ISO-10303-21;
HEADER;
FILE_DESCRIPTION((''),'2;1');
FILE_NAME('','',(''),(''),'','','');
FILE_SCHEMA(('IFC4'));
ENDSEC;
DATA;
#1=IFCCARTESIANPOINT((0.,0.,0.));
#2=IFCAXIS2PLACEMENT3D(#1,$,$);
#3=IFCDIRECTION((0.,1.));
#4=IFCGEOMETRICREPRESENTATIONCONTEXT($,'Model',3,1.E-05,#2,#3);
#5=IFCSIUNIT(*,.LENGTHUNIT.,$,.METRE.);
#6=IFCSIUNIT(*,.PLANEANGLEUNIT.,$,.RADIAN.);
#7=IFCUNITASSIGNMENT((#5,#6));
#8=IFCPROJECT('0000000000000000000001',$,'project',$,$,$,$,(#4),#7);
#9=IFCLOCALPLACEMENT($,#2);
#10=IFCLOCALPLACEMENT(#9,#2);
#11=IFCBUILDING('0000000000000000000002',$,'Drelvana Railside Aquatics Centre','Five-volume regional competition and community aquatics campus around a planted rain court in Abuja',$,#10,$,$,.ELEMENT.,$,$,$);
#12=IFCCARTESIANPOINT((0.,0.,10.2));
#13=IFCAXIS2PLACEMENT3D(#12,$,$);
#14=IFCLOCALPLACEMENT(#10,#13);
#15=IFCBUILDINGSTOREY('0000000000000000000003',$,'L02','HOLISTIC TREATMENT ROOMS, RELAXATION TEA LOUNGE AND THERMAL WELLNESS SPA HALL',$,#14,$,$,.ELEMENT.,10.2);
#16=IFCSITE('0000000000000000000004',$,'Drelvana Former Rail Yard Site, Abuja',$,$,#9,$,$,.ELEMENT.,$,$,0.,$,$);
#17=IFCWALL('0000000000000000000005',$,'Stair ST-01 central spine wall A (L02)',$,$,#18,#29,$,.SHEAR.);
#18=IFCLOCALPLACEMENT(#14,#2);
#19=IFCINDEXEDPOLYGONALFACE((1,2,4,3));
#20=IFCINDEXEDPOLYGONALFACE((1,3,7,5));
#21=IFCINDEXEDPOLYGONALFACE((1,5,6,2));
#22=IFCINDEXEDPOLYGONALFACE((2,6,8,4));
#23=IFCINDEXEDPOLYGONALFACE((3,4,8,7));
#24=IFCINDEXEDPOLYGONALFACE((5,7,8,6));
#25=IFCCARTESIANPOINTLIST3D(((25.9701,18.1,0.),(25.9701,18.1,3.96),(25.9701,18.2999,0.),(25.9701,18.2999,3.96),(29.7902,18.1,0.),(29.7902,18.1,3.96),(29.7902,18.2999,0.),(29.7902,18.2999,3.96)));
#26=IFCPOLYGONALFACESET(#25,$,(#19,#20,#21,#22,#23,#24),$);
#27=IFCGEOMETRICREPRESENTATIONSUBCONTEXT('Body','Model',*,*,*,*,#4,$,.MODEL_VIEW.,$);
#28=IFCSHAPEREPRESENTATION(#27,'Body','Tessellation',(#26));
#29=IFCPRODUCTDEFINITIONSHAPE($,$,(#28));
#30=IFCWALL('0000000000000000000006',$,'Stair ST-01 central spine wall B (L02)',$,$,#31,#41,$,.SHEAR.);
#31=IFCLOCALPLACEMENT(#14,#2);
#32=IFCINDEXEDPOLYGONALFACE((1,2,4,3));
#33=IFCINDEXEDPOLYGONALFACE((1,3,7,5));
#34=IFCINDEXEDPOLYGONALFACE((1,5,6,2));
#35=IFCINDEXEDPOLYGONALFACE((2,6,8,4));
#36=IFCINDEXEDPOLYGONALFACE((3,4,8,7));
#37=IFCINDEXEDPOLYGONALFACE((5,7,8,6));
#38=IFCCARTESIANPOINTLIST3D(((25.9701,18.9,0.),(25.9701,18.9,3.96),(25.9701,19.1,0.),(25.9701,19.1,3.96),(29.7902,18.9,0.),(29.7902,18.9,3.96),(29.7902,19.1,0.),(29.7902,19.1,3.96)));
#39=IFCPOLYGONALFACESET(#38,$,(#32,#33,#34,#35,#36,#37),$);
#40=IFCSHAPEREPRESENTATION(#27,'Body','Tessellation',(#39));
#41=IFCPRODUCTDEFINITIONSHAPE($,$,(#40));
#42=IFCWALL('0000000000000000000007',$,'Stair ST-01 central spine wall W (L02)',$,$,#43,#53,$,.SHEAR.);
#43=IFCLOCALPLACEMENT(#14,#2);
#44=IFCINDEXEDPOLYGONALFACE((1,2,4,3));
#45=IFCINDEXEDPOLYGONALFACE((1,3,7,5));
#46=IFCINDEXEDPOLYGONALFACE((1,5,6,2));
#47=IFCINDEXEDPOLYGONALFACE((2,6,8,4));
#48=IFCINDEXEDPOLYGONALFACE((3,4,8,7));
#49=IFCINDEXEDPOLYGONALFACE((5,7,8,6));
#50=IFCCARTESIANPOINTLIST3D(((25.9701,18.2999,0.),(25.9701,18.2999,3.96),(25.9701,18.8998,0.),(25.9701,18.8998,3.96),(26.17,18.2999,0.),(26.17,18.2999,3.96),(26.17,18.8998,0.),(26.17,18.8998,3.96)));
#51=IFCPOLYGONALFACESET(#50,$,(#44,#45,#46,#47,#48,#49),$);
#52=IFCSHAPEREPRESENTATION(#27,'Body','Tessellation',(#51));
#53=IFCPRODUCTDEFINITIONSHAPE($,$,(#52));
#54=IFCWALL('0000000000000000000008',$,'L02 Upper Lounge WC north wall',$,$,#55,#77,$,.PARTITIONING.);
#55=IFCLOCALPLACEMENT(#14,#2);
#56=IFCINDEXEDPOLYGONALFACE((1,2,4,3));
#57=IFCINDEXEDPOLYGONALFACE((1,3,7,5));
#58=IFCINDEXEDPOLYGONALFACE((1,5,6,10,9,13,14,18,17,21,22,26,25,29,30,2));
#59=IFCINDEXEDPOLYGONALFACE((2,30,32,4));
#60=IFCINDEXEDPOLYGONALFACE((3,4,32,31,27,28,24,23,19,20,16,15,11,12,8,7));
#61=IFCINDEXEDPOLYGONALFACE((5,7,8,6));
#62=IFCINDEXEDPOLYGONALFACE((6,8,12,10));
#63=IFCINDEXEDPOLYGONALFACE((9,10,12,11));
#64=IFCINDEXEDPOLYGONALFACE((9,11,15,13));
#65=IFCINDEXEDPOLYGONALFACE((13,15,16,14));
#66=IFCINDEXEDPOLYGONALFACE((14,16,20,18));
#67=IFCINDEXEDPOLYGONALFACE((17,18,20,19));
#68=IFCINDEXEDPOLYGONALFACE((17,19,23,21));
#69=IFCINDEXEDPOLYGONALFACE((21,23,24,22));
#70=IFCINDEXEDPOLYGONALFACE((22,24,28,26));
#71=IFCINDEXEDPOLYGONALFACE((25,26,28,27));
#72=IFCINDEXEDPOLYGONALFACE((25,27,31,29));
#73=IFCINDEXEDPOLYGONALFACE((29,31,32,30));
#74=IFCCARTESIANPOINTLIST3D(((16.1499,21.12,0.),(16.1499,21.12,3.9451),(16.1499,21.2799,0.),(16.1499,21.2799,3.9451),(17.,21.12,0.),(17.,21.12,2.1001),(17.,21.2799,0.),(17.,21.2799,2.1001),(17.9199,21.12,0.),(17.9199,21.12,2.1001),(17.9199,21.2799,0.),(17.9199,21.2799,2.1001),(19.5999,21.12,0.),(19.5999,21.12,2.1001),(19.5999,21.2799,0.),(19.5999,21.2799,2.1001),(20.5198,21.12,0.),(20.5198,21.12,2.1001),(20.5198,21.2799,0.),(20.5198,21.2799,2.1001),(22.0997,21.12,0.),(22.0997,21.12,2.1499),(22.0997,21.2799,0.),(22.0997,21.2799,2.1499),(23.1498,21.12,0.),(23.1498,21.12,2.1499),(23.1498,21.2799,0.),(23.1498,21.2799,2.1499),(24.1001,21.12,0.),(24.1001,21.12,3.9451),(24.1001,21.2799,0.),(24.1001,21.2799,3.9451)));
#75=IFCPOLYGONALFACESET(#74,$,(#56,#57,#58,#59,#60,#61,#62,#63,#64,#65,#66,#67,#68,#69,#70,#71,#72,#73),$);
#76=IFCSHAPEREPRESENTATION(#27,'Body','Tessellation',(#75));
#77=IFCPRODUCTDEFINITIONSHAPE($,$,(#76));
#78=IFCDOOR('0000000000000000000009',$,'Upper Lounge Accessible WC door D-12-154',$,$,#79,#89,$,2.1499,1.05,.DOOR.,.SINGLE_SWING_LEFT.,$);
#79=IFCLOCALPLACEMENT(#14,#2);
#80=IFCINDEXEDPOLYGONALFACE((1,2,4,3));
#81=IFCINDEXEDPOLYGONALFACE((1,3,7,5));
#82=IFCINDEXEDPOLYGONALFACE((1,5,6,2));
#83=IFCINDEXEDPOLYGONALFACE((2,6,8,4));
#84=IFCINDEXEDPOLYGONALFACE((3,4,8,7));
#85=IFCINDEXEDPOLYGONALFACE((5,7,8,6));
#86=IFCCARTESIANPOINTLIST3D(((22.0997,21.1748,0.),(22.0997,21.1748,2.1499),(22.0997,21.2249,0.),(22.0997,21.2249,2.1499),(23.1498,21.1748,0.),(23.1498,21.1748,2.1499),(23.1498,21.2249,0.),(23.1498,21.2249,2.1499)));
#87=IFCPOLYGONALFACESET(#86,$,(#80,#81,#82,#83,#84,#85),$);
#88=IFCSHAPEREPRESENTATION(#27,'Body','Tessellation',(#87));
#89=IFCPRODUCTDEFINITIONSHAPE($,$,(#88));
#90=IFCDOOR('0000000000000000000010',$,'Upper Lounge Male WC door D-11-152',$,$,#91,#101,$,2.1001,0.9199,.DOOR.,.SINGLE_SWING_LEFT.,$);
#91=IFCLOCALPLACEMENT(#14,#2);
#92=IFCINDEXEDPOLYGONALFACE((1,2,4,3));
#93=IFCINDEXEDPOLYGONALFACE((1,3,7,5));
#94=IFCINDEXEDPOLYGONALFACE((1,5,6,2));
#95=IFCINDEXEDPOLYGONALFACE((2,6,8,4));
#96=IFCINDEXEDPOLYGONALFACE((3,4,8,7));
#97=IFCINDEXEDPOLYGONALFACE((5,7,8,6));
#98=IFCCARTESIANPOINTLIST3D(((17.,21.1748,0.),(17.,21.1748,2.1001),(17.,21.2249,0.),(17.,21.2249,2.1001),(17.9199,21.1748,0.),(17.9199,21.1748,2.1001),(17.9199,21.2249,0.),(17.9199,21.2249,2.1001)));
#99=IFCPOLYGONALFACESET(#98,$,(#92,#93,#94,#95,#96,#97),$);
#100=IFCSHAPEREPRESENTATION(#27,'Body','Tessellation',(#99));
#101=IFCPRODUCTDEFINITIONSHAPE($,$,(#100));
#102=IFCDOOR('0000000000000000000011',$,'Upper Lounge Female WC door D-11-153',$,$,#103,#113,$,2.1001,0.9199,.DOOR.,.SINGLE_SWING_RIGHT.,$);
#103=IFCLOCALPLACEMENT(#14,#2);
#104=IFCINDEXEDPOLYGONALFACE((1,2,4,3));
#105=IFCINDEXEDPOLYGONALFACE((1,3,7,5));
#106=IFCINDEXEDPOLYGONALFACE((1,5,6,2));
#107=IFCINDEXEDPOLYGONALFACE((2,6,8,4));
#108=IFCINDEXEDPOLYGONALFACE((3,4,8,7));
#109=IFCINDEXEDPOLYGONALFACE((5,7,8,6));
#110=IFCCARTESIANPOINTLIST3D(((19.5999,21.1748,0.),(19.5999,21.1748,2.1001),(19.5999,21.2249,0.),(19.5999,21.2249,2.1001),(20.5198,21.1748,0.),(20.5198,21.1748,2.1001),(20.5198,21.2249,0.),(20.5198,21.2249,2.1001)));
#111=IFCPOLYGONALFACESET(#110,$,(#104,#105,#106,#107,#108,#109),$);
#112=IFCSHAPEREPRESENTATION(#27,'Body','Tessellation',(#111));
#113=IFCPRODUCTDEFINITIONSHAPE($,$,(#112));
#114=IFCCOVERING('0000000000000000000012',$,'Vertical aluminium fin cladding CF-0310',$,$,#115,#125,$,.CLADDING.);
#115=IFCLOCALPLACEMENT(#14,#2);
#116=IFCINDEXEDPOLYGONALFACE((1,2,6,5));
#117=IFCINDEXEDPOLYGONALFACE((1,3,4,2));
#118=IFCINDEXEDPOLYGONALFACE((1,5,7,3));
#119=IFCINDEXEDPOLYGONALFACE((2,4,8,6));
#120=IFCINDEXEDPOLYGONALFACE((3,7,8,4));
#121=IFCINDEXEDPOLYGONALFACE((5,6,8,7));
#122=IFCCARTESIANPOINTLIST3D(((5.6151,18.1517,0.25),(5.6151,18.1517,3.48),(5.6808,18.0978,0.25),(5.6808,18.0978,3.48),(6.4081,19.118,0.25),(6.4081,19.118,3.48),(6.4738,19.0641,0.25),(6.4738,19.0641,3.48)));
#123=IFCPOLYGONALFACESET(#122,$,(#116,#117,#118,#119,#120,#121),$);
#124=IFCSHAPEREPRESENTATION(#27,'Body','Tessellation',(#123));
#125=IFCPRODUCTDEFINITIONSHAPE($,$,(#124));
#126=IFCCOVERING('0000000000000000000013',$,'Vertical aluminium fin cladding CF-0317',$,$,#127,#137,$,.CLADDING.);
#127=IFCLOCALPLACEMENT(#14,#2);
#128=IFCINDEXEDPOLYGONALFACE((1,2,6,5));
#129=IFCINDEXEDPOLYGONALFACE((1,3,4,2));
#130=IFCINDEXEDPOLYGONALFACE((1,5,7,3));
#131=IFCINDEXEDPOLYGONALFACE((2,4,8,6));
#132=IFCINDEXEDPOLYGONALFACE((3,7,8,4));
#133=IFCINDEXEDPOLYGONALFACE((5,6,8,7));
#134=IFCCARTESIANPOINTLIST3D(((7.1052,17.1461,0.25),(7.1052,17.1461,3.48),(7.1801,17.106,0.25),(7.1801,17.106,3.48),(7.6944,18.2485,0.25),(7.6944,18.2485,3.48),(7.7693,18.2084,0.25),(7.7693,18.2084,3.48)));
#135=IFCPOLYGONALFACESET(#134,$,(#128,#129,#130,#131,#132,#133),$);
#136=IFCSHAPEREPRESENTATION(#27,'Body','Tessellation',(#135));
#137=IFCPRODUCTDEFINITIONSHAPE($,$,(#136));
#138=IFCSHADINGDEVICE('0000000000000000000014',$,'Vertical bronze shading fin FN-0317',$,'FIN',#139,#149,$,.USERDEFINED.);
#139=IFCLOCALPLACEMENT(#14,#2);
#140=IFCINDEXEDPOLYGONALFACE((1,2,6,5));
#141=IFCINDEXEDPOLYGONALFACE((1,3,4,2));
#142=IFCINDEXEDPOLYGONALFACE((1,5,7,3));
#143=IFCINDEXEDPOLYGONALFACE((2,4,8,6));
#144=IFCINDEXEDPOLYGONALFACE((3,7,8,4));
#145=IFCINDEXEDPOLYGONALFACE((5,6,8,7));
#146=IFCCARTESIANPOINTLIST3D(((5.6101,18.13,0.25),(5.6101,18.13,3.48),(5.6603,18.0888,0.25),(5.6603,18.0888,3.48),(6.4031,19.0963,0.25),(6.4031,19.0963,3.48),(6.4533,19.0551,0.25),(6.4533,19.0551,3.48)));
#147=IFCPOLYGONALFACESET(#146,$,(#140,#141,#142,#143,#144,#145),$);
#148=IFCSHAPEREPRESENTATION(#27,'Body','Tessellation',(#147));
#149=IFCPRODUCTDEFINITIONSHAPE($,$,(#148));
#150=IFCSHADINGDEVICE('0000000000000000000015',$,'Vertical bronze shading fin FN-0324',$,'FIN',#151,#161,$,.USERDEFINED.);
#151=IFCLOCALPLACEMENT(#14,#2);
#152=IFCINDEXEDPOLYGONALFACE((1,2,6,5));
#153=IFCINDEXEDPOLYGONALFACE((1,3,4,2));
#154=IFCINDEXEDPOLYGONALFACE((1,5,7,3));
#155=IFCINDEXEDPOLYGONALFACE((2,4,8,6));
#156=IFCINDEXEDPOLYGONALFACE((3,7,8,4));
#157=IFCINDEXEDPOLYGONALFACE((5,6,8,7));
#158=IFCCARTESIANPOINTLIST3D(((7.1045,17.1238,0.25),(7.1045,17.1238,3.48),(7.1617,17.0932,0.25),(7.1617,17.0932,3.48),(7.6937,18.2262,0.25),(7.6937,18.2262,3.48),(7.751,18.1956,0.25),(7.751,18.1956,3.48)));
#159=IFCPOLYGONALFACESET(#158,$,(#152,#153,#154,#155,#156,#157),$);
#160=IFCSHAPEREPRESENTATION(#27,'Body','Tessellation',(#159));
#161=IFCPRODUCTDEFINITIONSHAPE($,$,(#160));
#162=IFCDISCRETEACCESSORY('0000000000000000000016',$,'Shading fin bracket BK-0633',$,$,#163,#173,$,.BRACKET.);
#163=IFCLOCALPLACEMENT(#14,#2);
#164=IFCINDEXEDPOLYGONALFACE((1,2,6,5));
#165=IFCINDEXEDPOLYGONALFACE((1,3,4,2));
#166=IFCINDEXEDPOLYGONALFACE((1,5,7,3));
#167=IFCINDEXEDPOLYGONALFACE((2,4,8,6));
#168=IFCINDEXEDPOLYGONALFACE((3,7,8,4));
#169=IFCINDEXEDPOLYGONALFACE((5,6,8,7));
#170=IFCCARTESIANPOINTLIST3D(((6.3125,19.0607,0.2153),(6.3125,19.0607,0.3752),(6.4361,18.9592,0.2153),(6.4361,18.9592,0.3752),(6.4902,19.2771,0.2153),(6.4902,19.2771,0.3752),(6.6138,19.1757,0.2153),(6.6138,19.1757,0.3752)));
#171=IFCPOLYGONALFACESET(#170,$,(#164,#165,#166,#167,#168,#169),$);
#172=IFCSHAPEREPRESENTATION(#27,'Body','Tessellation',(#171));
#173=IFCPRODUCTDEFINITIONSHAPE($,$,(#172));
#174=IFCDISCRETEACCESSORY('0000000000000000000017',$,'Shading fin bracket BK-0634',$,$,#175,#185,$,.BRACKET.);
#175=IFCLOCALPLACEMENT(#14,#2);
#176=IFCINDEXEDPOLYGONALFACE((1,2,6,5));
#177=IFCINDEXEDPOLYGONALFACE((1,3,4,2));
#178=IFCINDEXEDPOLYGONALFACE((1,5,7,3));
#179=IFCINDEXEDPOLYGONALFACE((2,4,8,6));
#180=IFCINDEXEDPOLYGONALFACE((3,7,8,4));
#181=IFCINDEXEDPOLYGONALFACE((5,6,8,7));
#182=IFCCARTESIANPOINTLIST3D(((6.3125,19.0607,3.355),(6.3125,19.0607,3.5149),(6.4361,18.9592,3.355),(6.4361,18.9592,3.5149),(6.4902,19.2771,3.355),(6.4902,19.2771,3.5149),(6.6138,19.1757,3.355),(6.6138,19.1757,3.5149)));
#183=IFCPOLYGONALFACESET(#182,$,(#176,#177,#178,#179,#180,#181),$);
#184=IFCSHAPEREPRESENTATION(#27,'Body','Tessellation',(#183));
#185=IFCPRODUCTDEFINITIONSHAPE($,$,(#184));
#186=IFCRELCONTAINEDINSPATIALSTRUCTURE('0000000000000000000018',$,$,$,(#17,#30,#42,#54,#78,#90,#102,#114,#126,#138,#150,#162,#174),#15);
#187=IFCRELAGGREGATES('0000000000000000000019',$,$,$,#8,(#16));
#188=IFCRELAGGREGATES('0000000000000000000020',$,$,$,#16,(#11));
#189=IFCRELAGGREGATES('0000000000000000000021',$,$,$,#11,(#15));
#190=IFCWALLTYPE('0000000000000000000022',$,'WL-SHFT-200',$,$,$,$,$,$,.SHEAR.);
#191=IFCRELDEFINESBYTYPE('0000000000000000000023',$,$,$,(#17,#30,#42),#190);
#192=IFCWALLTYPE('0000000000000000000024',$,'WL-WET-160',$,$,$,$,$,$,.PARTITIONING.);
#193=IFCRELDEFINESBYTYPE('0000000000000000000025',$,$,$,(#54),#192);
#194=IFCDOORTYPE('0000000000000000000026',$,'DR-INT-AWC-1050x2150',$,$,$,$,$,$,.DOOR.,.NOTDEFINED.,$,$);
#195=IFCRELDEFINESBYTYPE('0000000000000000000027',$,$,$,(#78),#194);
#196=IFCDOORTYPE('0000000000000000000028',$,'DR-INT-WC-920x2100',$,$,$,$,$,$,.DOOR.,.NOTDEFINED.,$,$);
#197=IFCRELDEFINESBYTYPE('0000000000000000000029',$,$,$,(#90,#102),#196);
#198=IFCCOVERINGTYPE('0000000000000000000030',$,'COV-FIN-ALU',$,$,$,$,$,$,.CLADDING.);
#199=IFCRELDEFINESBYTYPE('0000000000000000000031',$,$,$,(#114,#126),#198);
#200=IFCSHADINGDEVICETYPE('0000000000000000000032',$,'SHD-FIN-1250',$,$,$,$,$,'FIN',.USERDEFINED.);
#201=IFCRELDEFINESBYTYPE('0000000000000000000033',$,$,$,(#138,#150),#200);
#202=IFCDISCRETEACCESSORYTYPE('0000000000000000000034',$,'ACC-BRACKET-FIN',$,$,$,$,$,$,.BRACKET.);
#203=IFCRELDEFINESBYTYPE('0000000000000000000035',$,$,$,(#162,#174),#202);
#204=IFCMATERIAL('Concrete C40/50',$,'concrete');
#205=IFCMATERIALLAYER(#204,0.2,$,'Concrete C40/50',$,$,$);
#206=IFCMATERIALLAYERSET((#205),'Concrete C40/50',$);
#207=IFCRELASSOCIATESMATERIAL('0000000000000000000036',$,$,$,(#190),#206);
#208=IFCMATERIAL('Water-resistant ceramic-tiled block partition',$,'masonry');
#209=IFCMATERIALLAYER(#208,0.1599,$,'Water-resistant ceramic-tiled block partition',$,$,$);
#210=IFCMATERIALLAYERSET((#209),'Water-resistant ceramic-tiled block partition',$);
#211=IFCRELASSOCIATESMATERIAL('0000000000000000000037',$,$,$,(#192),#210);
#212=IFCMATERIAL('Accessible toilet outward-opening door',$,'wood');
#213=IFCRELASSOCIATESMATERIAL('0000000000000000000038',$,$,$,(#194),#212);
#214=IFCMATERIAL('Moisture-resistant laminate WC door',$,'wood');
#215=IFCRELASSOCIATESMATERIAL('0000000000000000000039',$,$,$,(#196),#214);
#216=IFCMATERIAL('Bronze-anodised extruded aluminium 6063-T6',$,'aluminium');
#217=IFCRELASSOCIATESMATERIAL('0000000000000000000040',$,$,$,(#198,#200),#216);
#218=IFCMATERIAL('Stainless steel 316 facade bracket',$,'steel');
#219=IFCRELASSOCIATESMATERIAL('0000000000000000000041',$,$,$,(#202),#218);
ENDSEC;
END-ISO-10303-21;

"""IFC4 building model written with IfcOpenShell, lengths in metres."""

from ifc_helpers import new_model, si_unit, direction, frame, frame_2d, origin, origin_2d, place, context, subcontext, project, spatial, rectangle, extrude, material, layer, layer_set, type_object, element, fill, save


model = new_model("IFC4")

# Units and contexts
model_context = context("Model", 3, precision=1e-05, world=origin(), true_north=direction((0.0, 1.0)))
body_context = subcontext(model_context, "Body", "Model", "MODEL_VIEW")
ifc_project = project(units=[si_unit("LENGTHUNIT", "METRE"), si_unit("PLANEANGLEUNIT", "RADIAN")], contexts=[model_context])

# Site, building, storey
site_placement = place(None, origin())
site = spatial("IfcSite", under=ifc_project, at=site_placement, Name="Drelvana Former Rail Yard Site, Abuja", CompositionType="ELEMENT", RefElevation=0.0)
building_placement = place(site_placement, origin())
building = spatial("IfcBuilding", under=site, at=building_placement, Name="Drelvana Railside Aquatics Centre", Description="Five-volume regional competition and community aquatics campus around a planted rain court in Abuja", CompositionType="ELEMENT")
storey_placement = place(building_placement, frame((0.0, 0.0, 10.2)))
storey = spatial("IfcBuildingStorey", under=building, at=storey_placement, Name="L02", Description="HOLISTIC TREATMENT ROOMS, RELAXATION TEA LOUNGE AND THERMAL WELLNESS SPA HALL", CompositionType="ELEMENT", Elevation=10.2)

# Shared definitions
ifc_material_1 = material(Name="Concrete C40/50", Category="concrete")

# Walls
ifc_layer_1 = layer(ifc_material_1, 0.2, Name="Concrete C40/50")
ifc_layer_set_1 = layer_set([ifc_layer_1], Name="Concrete C40/50")
wall_type_1 = type_object("IfcWallType", Name="WL-SHFT-200", PredefinedType="SHEAR", material=ifc_layer_set_1)
for number, where, z_axis, x_axis, name in (
    (1, (25.97, 18.2, 0.0), (0.0, 0.0, 1.0), (1.0, 0.0, 0.0), "Stair ST-01 central spine wall A (L02)"),
    (2, (25.97, 19.0, 0.0), (0.0, 0.0, 1.0), (1.0, 0.0, 0.0), "Stair ST-01 central spine wall B (L02)"),
):
    element("IfcWall", number, at=place(storey_placement, frame(where, z_axis=z_axis, x_axis=x_axis)), inside=storey, type_object=wall_type_1, Name=name, PredefinedType="SHEAR", context=body_context, shape_type="SweptSolid", body=[
        extrude(rectangle(XDim=3.8201, YDim=0.2, at=frame_2d((1.9102, 0.0))), origin(), (0.0, 0.0, 1.0), 3.96),
    ])
wall_1_placement = place(storey_placement, frame((26.0701, 18.3, 0.0), z_axis=(0.0, 0.0, 1.0), x_axis=(0.0, 1.0, 0.0)))
element("IfcWall", 3, at=wall_1_placement, inside=storey, type_object=wall_type_1, Name="Stair ST-01 central spine wall W (L02)", PredefinedType="SHEAR", context=body_context, shape_type="SweptSolid", body=[
    extrude(rectangle(XDim=0.5999, YDim=0.2, at=frame_2d((0.2998, 0.0))), origin(), (0.0, 0.0, 1.0), 3.96),
])

# Wall, openings, doors
ifc_material_2 = material(Name="Water-resistant ceramic-tiled block partition", Category="masonry")
ifc_layer_2 = layer(ifc_material_2, 0.1599, Name="Water-resistant ceramic-tiled block partition")
ifc_layer_set_2 = layer_set([ifc_layer_2], Name="Water-resistant ceramic-tiled block partition")
wall_type_2 = type_object("IfcWallType", Name="WL-WET-160", PredefinedType="PARTITIONING", material=ifc_layer_set_2)
wall_2_placement = place(storey_placement, frame((16.1499, 21.2, 0.0), z_axis=(0.0, 0.0, 1.0), x_axis=(1.0, 0.0, 0.0)))
wall_2 = element("IfcWall", 4, at=wall_2_placement, inside=storey, type_object=wall_type_2, Name="L02 Upper Lounge WC north wall", PredefinedType="PARTITIONING", context=body_context, shape_type="SweptSolid", body=[
    extrude(rectangle(XDim=7.9502, YDim=0.1599, at=frame_2d((3.9751, 0.0))), origin(), (0.0, 0.0, 1.0), 3.9451),
])
opening_1_placement = place(wall_2_placement, frame((0.8501, 0.0, 0.0)))
opening_1 = element("IfcOpeningElement", 5, at=opening_1_placement, cuts=wall_2, PredefinedType="OPENING", context=body_context, shape_type="SweptSolid", body=[
    extrude(rectangle(XDim=0.9199, YDim=2.1001, at=frame_2d((0.46, 1.05))), frame((0.0, 0.0898, 0.0), z_axis=(0.0, -1.0, 0.0), x_axis=(1.0, 0.0, 0.0)), (0.0, 0.0, 1.0), 0.1799),
])
opening_2_placement = place(wall_2_placement, frame((3.45, 0.0, 0.0)))
opening_2 = element("IfcOpeningElement", 6, at=opening_2_placement, cuts=wall_2, PredefinedType="OPENING", context=body_context, shape_type="SweptSolid", body=[
    extrude(rectangle(XDim=0.9199, YDim=2.1001, at=frame_2d((0.46, 1.05))), frame((0.0, 0.0898, 0.0), z_axis=(0.0, -1.0, 0.0), x_axis=(1.0, 0.0, 0.0)), (0.0, 0.0, 1.0), 0.1799),
])
opening_3_placement = place(wall_2_placement, frame((5.95, 0.0, 0.0)))
opening_3 = element("IfcOpeningElement", 7, at=opening_3_placement, cuts=wall_2, PredefinedType="OPENING", context=body_context, shape_type="SweptSolid", body=[
    extrude(rectangle(XDim=1.05, YDim=2.1499, at=frame_2d((0.5249, 1.075))), frame((0.0, 0.0898, 0.0), z_axis=(0.0, -1.0, 0.0), x_axis=(1.0, 0.0, 0.0)), (0.0, 0.0, 1.0), 0.1799),
])
ifc_material_3 = material(Name="Accessible toilet outward-opening door", Category="wood")
door_type_1 = type_object("IfcDoorType", Name="DR-INT-AWC-1050x2150", OperationType="NOTDEFINED", PredefinedType="DOOR", material=ifc_material_3)
door_1_placement = place(opening_3_placement, origin())
door_1 = element("IfcDoor", 8, at=door_1_placement, inside=storey, type_object=door_type_1, Name="Upper Lounge Accessible WC door D-12-154", OperationType="SINGLE_SWING_LEFT", OverallHeight=2.1499, OverallWidth=1.05, PredefinedType="DOOR", context=body_context, shape_type="SweptSolid", body=[
    extrude(rectangle(XDim=1.05, YDim=2.1499, at=frame_2d((0.5249, 1.075))), frame((0.0, 0.0249, 0.0), z_axis=(0.0, -1.0, 0.0), x_axis=(1.0, 0.0, 0.0)), (0.0, 0.0, 1.0), 0.05),
])
fill(opening_3, door_1)
ifc_material_4 = material(Name="Moisture-resistant laminate WC door", Category="wood")
door_type_2 = type_object("IfcDoorType", Name="DR-INT-WC-920x2100", OperationType="NOTDEFINED", PredefinedType="DOOR", material=ifc_material_4)
door_2_placement = place(opening_1_placement, origin())
door_2 = element("IfcDoor", 9, at=door_2_placement, inside=storey, type_object=door_type_2, Name="Upper Lounge Male WC door D-11-152", OperationType="SINGLE_SWING_LEFT", OverallHeight=2.1001, OverallWidth=0.9199, PredefinedType="DOOR", context=body_context, shape_type="SweptSolid", body=[
    extrude(rectangle(XDim=0.9199, YDim=2.1001, at=frame_2d((0.46, 1.05))), frame((0.0, 0.0249, 0.0), z_axis=(0.0, -1.0, 0.0), x_axis=(1.0, 0.0, 0.0)), (0.0, 0.0, 1.0), 0.05),
])
fill(opening_1, door_2)
door_3_placement = place(opening_2_placement, origin())
door_3 = element("IfcDoor", 10, at=door_3_placement, inside=storey, type_object=door_type_2, Name="Upper Lounge Female WC door D-11-153", OperationType="SINGLE_SWING_RIGHT", OverallHeight=2.1001, OverallWidth=0.9199, PredefinedType="DOOR", context=body_context, shape_type="SweptSolid", body=[
    extrude(rectangle(XDim=0.9199, YDim=2.1001, at=frame_2d((0.46, 1.05))), frame((0.0, 0.0249, 0.0), z_axis=(0.0, -1.0, 0.0), x_axis=(1.0, 0.0, 0.0)), (0.0, 0.0, 1.0), 0.05),
])
fill(opening_2, door_3)

# Coverings
ifc_material_5 = material(Name="Bronze-anodised extruded aluminium 6063-T6", Category="aluminium")
covering_type = type_object("IfcCoveringType", Name="COV-FIN-ALU", PredefinedType="CLADDING", material=ifc_material_5)
for number, where, z_axis, x_axis, name in (
    (11, (6.0444, 18.6079, 0.25), (0.0, 0.0, 1.0), (-0.77301, 0.634393, 0.0), "Vertical aluminium fin cladding CF-0310"),
    (12, (7.4373, 17.6772, 0.25), (0.0, 0.0, 1.0), (-0.881921, 0.471397, 0.0), "Vertical aluminium fin cladding CF-0317"),
):
    element("IfcCovering", number, at=place(storey_placement, frame(where, z_axis=z_axis, x_axis=x_axis)), inside=storey, type_object=covering_type, Name=name, PredefinedType="CLADDING", context=body_context, shape_type="SweptSolid", body=[
        extrude(rectangle(XDim=0.085, YDim=1.25, at=origin_2d()), origin(), (0.0, 0.0, 1.0), 3.23),
    ])

# Shading devices
shading_device_type = type_object("IfcShadingDeviceType", Name="SHD-FIN-1250", ElementType="FIN", PredefinedType="USERDEFINED", material=ifc_material_5)
for number, where, z_axis, x_axis, name in (
    (13, (6.0317, 18.5925, 0.25), (0.0, 0.0, 1.0), (-0.634393, -0.77301, 0.0), "Vertical bronze shading fin FN-0317"),
    (14, (7.4277, 17.6597, 0.25), (0.0, 0.0, 1.0), (-0.471397, -0.881921, 0.0), "Vertical bronze shading fin FN-0324"),
):
    element("IfcShadingDevice", number, at=place(storey_placement, frame(where, z_axis=z_axis, x_axis=x_axis)), inside=storey, type_object=shading_device_type, Name=name, ObjectType="FIN", PredefinedType="USERDEFINED", context=body_context, shape_type="SweptSolid", body=[
        extrude(rectangle(XDim=1.25, YDim=0.0649, at=origin_2d()), origin(), (0.0, 0.0, 1.0), 3.23),
    ])

# Discrete accessories
ifc_material_6 = material(Name="Stainless steel 316 facade bracket", Category="steel")
discrete_accessory_type = type_object("IfcDiscreteAccessoryType", Name="ACC-BRACKET-FIN", PredefinedType="BRACKET", material=ifc_material_6)
for number, where, z_axis, x_axis, name in (
    (15, (6.4631, 19.1182, 0.2153), (0.0, 0.0, 1.0), (-0.634393, -0.77301, 0.0), "Shading fin bracket BK-0633"),
    (16, (6.4631, 19.1182, 3.355), (0.0, 0.0, 1.0), (-0.634393, -0.77301, 0.0), "Shading fin bracket BK-0634"),
):
    element("IfcDiscreteAccessory", number, at=place(storey_placement, frame(where, z_axis=z_axis, x_axis=x_axis)), inside=storey, type_object=discrete_accessory_type, Name=name, PredefinedType="BRACKET", context=body_context, shape_type="SweptSolid", body=[
        extrude(rectangle(XDim=0.28, YDim=0.1599, at=origin_2d()), origin(), (0.0, 0.0, 1.0), 0.1599),
    ])

save(model, "model.ifc")
